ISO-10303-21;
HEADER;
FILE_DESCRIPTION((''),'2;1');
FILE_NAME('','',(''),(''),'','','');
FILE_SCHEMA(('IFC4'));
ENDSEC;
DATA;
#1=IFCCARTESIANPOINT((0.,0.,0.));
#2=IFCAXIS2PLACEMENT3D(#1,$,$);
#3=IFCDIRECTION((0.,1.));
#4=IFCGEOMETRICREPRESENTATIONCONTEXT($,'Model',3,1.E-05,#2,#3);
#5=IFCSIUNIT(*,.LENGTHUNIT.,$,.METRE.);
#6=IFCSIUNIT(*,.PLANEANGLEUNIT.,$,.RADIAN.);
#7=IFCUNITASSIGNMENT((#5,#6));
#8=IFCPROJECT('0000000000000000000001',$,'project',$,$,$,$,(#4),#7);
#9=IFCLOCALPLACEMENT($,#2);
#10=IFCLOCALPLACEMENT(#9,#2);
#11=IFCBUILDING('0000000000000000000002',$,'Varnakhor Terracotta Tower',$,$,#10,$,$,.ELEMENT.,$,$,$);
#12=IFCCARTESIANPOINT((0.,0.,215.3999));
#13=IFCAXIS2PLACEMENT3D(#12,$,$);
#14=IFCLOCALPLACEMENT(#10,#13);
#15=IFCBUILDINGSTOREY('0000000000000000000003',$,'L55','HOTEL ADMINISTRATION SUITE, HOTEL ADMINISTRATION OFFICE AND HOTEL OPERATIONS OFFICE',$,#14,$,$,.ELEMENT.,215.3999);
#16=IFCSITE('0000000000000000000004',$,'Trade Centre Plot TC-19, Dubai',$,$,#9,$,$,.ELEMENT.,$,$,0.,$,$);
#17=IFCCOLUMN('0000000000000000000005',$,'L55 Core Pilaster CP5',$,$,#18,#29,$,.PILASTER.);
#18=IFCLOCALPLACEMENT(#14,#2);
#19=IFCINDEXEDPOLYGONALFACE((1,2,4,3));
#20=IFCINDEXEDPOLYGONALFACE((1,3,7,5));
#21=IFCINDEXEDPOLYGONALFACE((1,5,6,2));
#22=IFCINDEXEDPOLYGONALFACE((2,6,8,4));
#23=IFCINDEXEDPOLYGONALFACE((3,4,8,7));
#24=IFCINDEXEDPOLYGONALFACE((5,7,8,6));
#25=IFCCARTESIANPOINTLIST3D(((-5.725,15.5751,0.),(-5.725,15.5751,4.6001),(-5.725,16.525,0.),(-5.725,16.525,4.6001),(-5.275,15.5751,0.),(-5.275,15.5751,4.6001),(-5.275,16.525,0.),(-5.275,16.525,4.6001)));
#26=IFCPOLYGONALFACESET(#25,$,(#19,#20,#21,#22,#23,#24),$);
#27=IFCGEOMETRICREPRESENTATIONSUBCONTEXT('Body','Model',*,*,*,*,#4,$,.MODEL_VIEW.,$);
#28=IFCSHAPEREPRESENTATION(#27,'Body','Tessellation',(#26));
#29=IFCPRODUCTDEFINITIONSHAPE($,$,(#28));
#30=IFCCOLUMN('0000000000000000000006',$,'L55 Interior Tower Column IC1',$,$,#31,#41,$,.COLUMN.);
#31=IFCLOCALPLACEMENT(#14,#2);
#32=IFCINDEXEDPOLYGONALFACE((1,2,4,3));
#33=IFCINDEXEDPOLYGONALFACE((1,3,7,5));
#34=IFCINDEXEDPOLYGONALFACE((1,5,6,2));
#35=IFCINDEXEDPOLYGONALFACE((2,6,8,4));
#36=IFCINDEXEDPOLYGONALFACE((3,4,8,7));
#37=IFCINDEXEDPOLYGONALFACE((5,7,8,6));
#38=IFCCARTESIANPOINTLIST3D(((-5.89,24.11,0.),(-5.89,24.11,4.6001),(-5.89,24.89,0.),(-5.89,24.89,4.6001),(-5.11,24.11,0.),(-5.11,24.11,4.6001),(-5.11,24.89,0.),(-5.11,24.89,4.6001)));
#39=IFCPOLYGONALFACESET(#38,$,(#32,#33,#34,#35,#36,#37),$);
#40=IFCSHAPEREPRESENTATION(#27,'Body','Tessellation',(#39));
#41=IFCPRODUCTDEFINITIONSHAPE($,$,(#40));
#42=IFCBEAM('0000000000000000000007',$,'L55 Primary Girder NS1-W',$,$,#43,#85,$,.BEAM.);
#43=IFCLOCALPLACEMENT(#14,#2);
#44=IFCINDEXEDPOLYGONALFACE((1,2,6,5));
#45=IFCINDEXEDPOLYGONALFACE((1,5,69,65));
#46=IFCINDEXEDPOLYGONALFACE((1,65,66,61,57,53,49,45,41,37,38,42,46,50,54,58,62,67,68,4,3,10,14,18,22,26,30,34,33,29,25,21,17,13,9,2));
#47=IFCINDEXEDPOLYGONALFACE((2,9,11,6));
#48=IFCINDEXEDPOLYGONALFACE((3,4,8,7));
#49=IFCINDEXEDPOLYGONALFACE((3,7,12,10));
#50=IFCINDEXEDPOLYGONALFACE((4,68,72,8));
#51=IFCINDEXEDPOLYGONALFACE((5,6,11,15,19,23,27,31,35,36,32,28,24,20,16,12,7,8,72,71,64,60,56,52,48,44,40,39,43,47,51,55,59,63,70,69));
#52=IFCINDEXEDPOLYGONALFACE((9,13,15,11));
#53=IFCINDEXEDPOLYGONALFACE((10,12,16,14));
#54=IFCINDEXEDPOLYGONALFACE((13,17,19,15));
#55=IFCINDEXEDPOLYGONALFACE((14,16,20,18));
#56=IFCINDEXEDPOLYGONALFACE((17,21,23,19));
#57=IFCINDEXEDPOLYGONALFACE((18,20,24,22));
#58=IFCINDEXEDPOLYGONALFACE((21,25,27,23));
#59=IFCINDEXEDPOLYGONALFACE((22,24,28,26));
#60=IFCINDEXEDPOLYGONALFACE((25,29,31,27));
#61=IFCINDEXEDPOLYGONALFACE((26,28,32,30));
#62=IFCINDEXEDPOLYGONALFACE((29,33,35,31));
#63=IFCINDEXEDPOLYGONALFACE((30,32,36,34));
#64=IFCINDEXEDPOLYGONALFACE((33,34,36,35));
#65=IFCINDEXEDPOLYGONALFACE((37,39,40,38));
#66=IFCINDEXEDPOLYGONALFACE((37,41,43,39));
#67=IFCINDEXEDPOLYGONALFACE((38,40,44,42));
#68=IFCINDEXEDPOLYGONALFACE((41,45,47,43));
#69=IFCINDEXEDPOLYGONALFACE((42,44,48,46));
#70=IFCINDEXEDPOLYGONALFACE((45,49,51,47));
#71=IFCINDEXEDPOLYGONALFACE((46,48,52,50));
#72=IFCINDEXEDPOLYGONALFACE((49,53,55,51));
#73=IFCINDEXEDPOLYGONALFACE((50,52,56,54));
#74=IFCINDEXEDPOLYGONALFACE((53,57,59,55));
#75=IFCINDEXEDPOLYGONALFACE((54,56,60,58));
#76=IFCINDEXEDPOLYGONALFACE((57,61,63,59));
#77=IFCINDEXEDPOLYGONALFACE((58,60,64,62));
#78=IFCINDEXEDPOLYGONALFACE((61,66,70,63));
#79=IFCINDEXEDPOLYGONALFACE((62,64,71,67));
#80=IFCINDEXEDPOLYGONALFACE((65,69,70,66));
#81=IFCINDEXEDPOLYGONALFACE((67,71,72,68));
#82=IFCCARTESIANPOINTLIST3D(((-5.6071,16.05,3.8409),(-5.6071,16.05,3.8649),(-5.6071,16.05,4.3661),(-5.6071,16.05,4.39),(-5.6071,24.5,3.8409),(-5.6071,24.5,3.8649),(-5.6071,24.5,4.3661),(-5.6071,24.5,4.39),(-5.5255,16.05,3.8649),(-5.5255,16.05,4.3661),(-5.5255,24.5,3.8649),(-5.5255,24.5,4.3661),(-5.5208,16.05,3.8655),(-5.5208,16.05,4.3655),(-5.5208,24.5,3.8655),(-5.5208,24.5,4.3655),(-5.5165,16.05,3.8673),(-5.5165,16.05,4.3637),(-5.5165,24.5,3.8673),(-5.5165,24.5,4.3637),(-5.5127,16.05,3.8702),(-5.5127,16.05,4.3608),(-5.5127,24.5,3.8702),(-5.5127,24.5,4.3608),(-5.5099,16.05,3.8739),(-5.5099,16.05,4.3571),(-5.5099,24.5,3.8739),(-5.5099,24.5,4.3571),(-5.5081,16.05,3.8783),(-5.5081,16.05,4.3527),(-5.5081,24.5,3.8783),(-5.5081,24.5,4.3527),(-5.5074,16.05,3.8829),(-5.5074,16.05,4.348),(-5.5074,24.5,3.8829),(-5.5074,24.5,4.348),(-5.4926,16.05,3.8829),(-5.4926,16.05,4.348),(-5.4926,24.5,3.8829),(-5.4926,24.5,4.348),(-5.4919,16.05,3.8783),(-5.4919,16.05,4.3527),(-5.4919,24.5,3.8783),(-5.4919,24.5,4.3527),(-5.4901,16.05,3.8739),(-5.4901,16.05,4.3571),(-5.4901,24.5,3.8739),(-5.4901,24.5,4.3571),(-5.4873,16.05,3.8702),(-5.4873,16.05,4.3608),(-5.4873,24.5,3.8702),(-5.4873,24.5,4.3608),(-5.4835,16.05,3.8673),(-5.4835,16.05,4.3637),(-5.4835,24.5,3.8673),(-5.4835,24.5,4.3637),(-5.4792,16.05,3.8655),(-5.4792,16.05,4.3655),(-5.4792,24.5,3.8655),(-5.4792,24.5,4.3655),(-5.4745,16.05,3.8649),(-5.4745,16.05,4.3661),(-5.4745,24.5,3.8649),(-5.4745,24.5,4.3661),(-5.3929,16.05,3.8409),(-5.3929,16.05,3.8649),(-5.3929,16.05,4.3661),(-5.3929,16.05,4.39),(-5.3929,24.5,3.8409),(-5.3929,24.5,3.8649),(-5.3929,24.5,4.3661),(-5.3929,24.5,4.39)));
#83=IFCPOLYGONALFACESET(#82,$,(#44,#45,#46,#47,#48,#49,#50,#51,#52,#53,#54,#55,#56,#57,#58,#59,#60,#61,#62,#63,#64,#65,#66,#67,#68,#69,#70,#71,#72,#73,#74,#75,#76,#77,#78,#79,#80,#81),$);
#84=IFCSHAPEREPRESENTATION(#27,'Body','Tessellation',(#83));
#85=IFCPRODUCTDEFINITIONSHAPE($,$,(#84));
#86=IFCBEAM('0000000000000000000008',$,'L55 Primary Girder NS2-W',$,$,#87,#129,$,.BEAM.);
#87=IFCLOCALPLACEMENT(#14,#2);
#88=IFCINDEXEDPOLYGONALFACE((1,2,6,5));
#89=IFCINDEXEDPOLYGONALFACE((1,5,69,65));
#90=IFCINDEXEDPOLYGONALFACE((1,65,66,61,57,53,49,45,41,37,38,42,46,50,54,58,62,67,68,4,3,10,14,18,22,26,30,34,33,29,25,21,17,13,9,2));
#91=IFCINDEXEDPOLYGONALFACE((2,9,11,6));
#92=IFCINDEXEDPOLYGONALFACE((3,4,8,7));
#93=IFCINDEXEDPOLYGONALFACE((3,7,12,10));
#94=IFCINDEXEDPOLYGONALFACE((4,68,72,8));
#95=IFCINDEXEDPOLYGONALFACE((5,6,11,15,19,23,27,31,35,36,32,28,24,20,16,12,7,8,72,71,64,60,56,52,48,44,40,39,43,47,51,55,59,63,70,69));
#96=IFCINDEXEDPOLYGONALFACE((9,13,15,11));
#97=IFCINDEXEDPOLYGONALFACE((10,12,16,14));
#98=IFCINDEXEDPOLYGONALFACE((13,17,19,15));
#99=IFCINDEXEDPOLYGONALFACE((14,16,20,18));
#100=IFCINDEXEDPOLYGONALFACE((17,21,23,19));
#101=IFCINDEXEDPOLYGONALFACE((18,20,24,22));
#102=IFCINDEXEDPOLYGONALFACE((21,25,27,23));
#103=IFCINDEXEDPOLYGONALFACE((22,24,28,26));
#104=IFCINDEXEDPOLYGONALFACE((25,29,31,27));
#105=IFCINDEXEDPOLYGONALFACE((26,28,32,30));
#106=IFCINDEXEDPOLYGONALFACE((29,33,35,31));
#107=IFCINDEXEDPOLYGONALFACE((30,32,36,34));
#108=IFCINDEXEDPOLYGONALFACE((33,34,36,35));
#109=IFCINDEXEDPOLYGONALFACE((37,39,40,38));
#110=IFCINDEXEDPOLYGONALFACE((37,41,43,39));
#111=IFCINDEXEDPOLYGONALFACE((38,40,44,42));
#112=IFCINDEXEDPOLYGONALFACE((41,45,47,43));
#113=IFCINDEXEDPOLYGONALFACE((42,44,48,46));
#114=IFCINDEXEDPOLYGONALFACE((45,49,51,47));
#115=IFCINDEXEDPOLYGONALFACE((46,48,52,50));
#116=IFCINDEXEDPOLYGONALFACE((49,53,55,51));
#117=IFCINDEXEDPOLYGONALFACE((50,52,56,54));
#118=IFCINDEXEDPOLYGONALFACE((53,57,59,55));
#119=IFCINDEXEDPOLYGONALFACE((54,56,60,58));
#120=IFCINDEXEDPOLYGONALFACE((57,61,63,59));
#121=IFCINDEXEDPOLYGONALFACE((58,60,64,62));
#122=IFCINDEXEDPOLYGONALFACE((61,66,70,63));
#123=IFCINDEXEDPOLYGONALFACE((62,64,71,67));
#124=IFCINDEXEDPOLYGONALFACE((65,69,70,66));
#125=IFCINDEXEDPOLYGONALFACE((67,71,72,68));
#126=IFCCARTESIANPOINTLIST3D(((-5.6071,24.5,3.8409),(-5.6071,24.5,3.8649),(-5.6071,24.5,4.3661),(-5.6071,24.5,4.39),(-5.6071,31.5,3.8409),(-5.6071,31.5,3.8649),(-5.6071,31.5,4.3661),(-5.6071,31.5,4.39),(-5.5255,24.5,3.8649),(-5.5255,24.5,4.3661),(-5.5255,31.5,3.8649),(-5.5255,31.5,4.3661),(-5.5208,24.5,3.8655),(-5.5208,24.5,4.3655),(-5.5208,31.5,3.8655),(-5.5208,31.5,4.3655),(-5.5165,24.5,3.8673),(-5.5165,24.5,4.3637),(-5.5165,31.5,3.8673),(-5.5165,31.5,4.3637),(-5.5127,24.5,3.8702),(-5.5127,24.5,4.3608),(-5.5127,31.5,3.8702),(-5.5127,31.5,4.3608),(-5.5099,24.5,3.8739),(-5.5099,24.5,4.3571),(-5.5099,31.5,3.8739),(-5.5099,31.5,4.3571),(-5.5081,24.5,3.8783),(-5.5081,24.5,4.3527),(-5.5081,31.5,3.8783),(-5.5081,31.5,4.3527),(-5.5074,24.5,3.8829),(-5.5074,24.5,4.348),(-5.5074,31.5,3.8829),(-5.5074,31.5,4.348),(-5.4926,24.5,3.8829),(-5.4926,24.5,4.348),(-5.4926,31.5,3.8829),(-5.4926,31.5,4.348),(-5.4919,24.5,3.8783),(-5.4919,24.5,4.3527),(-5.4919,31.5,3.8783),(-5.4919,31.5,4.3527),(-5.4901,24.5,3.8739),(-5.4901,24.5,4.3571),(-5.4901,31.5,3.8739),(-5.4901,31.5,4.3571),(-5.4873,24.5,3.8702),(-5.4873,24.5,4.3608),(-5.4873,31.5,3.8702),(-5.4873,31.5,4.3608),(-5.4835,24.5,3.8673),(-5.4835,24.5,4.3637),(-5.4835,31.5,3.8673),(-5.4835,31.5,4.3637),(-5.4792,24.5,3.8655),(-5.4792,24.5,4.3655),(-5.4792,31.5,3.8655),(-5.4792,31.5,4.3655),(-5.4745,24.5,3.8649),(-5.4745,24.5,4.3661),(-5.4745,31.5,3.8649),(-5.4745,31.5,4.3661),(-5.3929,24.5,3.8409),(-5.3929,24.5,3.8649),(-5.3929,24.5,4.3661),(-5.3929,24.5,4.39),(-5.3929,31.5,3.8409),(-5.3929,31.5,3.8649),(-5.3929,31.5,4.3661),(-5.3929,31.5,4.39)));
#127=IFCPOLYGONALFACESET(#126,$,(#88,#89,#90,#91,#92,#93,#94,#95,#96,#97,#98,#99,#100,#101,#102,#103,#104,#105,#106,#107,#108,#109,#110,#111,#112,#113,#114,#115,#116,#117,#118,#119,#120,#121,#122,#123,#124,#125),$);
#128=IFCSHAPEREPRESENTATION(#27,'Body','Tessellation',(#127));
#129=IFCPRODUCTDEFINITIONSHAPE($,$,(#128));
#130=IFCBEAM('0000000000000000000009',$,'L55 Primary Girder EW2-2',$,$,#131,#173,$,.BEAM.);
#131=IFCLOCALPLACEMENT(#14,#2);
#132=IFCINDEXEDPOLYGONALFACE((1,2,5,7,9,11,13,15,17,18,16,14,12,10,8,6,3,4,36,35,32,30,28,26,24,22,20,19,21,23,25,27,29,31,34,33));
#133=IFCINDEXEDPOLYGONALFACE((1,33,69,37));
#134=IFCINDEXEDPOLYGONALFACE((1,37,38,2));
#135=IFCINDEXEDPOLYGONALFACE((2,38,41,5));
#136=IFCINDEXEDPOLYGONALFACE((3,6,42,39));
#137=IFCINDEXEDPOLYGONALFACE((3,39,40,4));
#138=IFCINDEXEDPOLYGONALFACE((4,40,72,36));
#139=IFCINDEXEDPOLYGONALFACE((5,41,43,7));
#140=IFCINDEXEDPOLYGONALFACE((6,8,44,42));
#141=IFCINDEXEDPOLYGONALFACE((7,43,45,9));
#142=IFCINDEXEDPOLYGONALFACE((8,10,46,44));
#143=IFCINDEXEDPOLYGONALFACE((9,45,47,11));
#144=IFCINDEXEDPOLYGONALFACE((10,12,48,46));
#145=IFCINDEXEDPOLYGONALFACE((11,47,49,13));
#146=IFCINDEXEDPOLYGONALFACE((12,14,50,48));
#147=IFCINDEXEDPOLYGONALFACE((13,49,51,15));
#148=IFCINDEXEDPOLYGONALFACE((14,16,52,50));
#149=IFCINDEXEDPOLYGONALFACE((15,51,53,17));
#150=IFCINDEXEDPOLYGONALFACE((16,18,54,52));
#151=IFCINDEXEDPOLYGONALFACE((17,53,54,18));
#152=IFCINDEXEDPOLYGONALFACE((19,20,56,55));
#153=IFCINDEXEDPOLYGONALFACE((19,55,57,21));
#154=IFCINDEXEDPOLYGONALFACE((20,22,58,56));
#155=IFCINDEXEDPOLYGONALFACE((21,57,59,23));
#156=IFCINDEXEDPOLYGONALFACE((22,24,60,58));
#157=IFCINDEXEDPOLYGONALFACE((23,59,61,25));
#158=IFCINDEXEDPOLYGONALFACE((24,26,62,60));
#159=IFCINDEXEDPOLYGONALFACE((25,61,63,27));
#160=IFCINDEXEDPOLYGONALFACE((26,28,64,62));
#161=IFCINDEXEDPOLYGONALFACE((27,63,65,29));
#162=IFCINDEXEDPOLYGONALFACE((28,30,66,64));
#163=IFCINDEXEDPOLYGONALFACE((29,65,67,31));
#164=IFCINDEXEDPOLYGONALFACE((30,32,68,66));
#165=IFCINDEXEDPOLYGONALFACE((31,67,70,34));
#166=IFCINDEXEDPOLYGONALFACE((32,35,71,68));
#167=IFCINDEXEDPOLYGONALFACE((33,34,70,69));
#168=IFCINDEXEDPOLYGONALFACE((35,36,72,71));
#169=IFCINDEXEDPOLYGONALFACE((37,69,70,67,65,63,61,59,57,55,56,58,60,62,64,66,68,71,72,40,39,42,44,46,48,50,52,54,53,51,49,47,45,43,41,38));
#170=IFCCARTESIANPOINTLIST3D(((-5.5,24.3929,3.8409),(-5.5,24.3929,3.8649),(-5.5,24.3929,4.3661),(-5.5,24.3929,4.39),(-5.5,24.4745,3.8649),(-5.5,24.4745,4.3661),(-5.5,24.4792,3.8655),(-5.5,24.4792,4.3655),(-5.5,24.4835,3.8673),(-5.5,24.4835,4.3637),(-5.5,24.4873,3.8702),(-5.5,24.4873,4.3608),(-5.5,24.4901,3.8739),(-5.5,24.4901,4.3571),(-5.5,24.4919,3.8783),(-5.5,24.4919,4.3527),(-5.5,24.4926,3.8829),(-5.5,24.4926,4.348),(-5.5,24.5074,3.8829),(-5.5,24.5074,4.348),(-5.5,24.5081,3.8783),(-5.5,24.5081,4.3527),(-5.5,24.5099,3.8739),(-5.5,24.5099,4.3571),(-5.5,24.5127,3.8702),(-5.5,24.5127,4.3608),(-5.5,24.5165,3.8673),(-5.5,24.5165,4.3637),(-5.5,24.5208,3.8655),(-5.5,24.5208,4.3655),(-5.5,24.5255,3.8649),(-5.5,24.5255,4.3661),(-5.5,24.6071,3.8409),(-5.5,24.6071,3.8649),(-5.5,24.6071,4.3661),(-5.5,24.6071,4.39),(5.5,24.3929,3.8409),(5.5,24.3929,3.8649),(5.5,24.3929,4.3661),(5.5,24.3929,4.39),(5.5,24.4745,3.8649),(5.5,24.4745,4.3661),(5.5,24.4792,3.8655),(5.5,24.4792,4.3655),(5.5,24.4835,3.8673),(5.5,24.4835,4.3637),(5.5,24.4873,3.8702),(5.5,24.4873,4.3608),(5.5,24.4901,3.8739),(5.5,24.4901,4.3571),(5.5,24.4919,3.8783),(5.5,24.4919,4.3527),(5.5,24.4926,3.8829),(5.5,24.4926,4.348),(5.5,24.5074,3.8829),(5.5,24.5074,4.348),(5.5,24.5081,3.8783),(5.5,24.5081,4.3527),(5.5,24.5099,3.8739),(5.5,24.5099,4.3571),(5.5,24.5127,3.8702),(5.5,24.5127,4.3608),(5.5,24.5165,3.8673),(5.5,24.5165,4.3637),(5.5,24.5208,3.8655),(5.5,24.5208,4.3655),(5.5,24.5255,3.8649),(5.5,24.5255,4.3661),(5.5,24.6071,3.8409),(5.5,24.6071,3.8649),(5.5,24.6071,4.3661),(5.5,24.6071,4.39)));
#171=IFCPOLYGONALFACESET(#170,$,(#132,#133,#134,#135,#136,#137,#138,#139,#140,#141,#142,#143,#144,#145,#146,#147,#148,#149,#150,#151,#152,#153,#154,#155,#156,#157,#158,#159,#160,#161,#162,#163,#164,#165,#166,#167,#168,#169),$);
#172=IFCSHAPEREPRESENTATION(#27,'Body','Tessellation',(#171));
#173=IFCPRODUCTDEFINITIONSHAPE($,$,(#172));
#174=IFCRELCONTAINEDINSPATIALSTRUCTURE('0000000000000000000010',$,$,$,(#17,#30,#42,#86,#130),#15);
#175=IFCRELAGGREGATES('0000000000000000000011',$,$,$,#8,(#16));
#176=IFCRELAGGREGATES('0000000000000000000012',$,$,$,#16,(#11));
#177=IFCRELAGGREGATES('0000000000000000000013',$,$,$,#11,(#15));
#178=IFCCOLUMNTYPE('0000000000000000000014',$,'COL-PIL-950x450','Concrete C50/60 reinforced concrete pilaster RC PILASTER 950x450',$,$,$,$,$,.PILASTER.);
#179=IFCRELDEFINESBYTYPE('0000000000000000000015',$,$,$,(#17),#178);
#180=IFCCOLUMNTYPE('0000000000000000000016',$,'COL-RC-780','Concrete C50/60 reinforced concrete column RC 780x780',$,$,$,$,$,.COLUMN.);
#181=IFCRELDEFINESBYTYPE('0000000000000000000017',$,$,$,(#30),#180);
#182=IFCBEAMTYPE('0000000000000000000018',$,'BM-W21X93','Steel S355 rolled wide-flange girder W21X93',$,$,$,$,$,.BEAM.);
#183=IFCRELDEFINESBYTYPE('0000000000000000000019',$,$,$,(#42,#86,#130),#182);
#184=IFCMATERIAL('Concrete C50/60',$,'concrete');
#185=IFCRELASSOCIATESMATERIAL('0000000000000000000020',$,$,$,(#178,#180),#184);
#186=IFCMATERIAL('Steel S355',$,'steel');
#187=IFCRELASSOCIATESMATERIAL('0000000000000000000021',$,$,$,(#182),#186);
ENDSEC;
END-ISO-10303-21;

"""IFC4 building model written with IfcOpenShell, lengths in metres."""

from ifc_helpers import new_model, si_unit, direction, frame, origin, origin_2d, place, context, subcontext, project, spatial, rectangle, i_section, extrude, source, transform, mapped, material, material_profile, profile_set, type_object, type_shapes, element, save


model = new_model("IFC4")

# Units and contexts
model_context = context("Model", 3, precision=1e-05, world=origin(), true_north=direction((0.0, 1.0)))
body_context = subcontext(model_context, "Body", "Model", "MODEL_VIEW")
ifc_project = project(units=[si_unit("LENGTHUNIT", "METRE"), si_unit("PLANEANGLEUNIT", "RADIAN")], contexts=[model_context])

# Site, building, storey
site_placement = place(None, origin())
site = spatial("IfcSite", under=ifc_project, at=site_placement, Name="Trade Centre Plot TC-19, Dubai", CompositionType="ELEMENT", RefElevation=0.0)
building_placement = place(site_placement, origin())
building = spatial("IfcBuilding", under=site, at=building_placement, Name="Varnakhor Terracotta Tower", CompositionType="ELEMENT")
storey_placement = place(building_placement, frame((0.0, 0.0, 215.3999)))
storey = spatial("IfcBuildingStorey", under=building, at=storey_placement, Name="L55", Description="HOTEL ADMINISTRATION SUITE, HOTEL ADMINISTRATION OFFICE AND HOTEL OPERATIONS OFFICE", CompositionType="ELEMENT", Elevation=215.3999)

# Columns
ifc_material_1 = material(Name="Concrete C50/60", Category="concrete")
ifc_material_profile_1 = material_profile(ifc_material_1, rectangle(XDim=0.45, YDim=0.95, at=origin_2d()), Name="RC PILASTER 950x450")
ifc_profile_set_1 = profile_set([ifc_material_profile_1], Name="Concrete C50/60")
column_type_1 = type_object("IfcColumnType", Name="COL-PIL-950x450", Description="Concrete C50/60 reinforced concrete pilaster RC PILASTER 950x450", PredefinedType="PILASTER", material=ifc_profile_set_1)
shared_shape_1 = source(origin(), body_context, "Body", "SweptSolid", [
    extrude(rectangle(XDim=0.45, YDim=0.95, at=origin_2d()), origin(), (0.0, 0.0, 1.0), 4.6001),
])
column_1_placement = place(storey_placement, frame((-5.5, 16.05, 0.0), z_axis=(0.0, 0.0, 1.0), x_axis=(1.0, 0.0, 0.0)))
element("IfcColumn", 1, at=column_1_placement, inside=storey, type_object=column_type_1, Name="L55 Core Pilaster CP5", PredefinedType="PILASTER", context=body_context, shape_type="MappedRepresentation", body=[
    mapped(shared_shape_1, transform((0.0, 0.0, 0.0), scale=1.0)),
])
ifc_material_profile_2 = material_profile(ifc_material_1, rectangle(XDim=0.78, YDim=0.78, at=origin_2d()), Name="RC 780x780")
ifc_profile_set_2 = profile_set([ifc_material_profile_2], Name="Concrete C50/60")
column_type_2 = type_object("IfcColumnType", Name="COL-RC-780", Description="Concrete C50/60 reinforced concrete column RC 780x780", PredefinedType="COLUMN", material=ifc_profile_set_2)
shared_shape_2 = source(origin(), body_context, "Body", "SweptSolid", [
    extrude(rectangle(XDim=0.78, YDim=0.78, at=origin_2d()), origin(), (0.0, 0.0, 1.0), 4.6001),
])
type_shapes(column_type_2, [shared_shape_2])
column_2_placement = place(storey_placement, frame((-5.5, 24.5, 0.0), z_axis=(0.0, 0.0, 1.0), x_axis=(1.0, 0.0, 0.0)))
element("IfcColumn", 2, at=column_2_placement, inside=storey, type_object=column_type_2, Name="L55 Interior Tower Column IC1", PredefinedType="COLUMN", context=body_context, shape_type="MappedRepresentation", body=[
    mapped(shared_shape_2, transform((0.0, 0.0, 0.0), scale=1.0)),
])

# Beams
ifc_material_2 = material(Name="Steel S355", Category="steel")
ifc_material_profile_3 = material_profile(ifc_material_2, i_section(OverallWidth=0.2141, OverallDepth=0.5491, WebThickness=0.0149, FlangeThickness=0.0239, FilletRadius=0.0181, at=origin_2d()), Name="W21X93")
ifc_profile_set_3 = profile_set([ifc_material_profile_3], Name="Steel S355")
beam_type_1 = type_object("IfcBeamType", Name="BM-W21X93", Description="Steel S355 rolled wide-flange girder W21X93", PredefinedType="BEAM", material=ifc_profile_set_3)
shared_shape_3 = source(origin(), body_context, "Body", "SweptSolid", [
    extrude(i_section(OverallWidth=0.2141, OverallDepth=0.5491, WebThickness=0.0149, FlangeThickness=0.0239, FilletRadius=0.0181, at=origin_2d()), origin(), (0.0, 0.0, 1.0), 8.45),
])
type_shapes(beam_type_1, [shared_shape_3])
beam_1_placement = place(storey_placement, frame((-5.5, 16.05, 4.1155), z_axis=(0.0, 1.0, 0.0), x_axis=(-1.0, 0.0, 0.0)))
element("IfcBeam", 3, at=beam_1_placement, inside=storey, type_object=beam_type_1, Name="L55 Primary Girder NS1-W", PredefinedType="BEAM", context=body_context, shape_type="MappedRepresentation", body=[
    mapped(shared_shape_3, transform((0.0, 0.0, 0.0), scale=1.0)),
])
shared_shape_4 = source(origin(), body_context, "Body", "SweptSolid", [
    extrude(i_section(OverallWidth=0.2141, OverallDepth=0.5491, WebThickness=0.0149, FlangeThickness=0.0239, FilletRadius=0.0181, at=origin_2d()), origin(), (0.0, 0.0, 1.0), 7.0),
])
beam_2_placement = place(storey_placement, frame((-5.5, 24.5, 4.1155), z_axis=(0.0, 1.0, 0.0), x_axis=(-1.0, 0.0, 0.0)))
element("IfcBeam", 4, at=beam_2_placement, inside=storey, type_object=beam_type_1, Name="L55 Primary Girder NS2-W", PredefinedType="BEAM", context=body_context, shape_type="MappedRepresentation", body=[
    mapped(shared_shape_4, transform((0.0, 0.0, 0.0), scale=1.0)),
])
shared_shape_5 = source(origin(), body_context, "Body", "SweptSolid", [
    extrude(i_section(OverallWidth=0.2141, OverallDepth=0.5491, WebThickness=0.0149, FlangeThickness=0.0239, FilletRadius=0.0181, at=origin_2d()), origin(), (0.0, 0.0, 1.0), 11.0),
])
beam_3_placement = place(storey_placement, frame((-5.5, 24.5, 4.1155), z_axis=(1.0, 0.0, 0.0), x_axis=(0.0, 1.0, 0.0)))
element("IfcBeam", 5, at=beam_3_placement, inside=storey, type_object=beam_type_1, Name="L55 Primary Girder EW2-2", PredefinedType="BEAM", context=body_context, shape_type="MappedRepresentation", body=[
    mapped(shared_shape_5, transform((0.0, 0.0, 0.0), scale=1.0)),
])

save(model, "model.ifc")
